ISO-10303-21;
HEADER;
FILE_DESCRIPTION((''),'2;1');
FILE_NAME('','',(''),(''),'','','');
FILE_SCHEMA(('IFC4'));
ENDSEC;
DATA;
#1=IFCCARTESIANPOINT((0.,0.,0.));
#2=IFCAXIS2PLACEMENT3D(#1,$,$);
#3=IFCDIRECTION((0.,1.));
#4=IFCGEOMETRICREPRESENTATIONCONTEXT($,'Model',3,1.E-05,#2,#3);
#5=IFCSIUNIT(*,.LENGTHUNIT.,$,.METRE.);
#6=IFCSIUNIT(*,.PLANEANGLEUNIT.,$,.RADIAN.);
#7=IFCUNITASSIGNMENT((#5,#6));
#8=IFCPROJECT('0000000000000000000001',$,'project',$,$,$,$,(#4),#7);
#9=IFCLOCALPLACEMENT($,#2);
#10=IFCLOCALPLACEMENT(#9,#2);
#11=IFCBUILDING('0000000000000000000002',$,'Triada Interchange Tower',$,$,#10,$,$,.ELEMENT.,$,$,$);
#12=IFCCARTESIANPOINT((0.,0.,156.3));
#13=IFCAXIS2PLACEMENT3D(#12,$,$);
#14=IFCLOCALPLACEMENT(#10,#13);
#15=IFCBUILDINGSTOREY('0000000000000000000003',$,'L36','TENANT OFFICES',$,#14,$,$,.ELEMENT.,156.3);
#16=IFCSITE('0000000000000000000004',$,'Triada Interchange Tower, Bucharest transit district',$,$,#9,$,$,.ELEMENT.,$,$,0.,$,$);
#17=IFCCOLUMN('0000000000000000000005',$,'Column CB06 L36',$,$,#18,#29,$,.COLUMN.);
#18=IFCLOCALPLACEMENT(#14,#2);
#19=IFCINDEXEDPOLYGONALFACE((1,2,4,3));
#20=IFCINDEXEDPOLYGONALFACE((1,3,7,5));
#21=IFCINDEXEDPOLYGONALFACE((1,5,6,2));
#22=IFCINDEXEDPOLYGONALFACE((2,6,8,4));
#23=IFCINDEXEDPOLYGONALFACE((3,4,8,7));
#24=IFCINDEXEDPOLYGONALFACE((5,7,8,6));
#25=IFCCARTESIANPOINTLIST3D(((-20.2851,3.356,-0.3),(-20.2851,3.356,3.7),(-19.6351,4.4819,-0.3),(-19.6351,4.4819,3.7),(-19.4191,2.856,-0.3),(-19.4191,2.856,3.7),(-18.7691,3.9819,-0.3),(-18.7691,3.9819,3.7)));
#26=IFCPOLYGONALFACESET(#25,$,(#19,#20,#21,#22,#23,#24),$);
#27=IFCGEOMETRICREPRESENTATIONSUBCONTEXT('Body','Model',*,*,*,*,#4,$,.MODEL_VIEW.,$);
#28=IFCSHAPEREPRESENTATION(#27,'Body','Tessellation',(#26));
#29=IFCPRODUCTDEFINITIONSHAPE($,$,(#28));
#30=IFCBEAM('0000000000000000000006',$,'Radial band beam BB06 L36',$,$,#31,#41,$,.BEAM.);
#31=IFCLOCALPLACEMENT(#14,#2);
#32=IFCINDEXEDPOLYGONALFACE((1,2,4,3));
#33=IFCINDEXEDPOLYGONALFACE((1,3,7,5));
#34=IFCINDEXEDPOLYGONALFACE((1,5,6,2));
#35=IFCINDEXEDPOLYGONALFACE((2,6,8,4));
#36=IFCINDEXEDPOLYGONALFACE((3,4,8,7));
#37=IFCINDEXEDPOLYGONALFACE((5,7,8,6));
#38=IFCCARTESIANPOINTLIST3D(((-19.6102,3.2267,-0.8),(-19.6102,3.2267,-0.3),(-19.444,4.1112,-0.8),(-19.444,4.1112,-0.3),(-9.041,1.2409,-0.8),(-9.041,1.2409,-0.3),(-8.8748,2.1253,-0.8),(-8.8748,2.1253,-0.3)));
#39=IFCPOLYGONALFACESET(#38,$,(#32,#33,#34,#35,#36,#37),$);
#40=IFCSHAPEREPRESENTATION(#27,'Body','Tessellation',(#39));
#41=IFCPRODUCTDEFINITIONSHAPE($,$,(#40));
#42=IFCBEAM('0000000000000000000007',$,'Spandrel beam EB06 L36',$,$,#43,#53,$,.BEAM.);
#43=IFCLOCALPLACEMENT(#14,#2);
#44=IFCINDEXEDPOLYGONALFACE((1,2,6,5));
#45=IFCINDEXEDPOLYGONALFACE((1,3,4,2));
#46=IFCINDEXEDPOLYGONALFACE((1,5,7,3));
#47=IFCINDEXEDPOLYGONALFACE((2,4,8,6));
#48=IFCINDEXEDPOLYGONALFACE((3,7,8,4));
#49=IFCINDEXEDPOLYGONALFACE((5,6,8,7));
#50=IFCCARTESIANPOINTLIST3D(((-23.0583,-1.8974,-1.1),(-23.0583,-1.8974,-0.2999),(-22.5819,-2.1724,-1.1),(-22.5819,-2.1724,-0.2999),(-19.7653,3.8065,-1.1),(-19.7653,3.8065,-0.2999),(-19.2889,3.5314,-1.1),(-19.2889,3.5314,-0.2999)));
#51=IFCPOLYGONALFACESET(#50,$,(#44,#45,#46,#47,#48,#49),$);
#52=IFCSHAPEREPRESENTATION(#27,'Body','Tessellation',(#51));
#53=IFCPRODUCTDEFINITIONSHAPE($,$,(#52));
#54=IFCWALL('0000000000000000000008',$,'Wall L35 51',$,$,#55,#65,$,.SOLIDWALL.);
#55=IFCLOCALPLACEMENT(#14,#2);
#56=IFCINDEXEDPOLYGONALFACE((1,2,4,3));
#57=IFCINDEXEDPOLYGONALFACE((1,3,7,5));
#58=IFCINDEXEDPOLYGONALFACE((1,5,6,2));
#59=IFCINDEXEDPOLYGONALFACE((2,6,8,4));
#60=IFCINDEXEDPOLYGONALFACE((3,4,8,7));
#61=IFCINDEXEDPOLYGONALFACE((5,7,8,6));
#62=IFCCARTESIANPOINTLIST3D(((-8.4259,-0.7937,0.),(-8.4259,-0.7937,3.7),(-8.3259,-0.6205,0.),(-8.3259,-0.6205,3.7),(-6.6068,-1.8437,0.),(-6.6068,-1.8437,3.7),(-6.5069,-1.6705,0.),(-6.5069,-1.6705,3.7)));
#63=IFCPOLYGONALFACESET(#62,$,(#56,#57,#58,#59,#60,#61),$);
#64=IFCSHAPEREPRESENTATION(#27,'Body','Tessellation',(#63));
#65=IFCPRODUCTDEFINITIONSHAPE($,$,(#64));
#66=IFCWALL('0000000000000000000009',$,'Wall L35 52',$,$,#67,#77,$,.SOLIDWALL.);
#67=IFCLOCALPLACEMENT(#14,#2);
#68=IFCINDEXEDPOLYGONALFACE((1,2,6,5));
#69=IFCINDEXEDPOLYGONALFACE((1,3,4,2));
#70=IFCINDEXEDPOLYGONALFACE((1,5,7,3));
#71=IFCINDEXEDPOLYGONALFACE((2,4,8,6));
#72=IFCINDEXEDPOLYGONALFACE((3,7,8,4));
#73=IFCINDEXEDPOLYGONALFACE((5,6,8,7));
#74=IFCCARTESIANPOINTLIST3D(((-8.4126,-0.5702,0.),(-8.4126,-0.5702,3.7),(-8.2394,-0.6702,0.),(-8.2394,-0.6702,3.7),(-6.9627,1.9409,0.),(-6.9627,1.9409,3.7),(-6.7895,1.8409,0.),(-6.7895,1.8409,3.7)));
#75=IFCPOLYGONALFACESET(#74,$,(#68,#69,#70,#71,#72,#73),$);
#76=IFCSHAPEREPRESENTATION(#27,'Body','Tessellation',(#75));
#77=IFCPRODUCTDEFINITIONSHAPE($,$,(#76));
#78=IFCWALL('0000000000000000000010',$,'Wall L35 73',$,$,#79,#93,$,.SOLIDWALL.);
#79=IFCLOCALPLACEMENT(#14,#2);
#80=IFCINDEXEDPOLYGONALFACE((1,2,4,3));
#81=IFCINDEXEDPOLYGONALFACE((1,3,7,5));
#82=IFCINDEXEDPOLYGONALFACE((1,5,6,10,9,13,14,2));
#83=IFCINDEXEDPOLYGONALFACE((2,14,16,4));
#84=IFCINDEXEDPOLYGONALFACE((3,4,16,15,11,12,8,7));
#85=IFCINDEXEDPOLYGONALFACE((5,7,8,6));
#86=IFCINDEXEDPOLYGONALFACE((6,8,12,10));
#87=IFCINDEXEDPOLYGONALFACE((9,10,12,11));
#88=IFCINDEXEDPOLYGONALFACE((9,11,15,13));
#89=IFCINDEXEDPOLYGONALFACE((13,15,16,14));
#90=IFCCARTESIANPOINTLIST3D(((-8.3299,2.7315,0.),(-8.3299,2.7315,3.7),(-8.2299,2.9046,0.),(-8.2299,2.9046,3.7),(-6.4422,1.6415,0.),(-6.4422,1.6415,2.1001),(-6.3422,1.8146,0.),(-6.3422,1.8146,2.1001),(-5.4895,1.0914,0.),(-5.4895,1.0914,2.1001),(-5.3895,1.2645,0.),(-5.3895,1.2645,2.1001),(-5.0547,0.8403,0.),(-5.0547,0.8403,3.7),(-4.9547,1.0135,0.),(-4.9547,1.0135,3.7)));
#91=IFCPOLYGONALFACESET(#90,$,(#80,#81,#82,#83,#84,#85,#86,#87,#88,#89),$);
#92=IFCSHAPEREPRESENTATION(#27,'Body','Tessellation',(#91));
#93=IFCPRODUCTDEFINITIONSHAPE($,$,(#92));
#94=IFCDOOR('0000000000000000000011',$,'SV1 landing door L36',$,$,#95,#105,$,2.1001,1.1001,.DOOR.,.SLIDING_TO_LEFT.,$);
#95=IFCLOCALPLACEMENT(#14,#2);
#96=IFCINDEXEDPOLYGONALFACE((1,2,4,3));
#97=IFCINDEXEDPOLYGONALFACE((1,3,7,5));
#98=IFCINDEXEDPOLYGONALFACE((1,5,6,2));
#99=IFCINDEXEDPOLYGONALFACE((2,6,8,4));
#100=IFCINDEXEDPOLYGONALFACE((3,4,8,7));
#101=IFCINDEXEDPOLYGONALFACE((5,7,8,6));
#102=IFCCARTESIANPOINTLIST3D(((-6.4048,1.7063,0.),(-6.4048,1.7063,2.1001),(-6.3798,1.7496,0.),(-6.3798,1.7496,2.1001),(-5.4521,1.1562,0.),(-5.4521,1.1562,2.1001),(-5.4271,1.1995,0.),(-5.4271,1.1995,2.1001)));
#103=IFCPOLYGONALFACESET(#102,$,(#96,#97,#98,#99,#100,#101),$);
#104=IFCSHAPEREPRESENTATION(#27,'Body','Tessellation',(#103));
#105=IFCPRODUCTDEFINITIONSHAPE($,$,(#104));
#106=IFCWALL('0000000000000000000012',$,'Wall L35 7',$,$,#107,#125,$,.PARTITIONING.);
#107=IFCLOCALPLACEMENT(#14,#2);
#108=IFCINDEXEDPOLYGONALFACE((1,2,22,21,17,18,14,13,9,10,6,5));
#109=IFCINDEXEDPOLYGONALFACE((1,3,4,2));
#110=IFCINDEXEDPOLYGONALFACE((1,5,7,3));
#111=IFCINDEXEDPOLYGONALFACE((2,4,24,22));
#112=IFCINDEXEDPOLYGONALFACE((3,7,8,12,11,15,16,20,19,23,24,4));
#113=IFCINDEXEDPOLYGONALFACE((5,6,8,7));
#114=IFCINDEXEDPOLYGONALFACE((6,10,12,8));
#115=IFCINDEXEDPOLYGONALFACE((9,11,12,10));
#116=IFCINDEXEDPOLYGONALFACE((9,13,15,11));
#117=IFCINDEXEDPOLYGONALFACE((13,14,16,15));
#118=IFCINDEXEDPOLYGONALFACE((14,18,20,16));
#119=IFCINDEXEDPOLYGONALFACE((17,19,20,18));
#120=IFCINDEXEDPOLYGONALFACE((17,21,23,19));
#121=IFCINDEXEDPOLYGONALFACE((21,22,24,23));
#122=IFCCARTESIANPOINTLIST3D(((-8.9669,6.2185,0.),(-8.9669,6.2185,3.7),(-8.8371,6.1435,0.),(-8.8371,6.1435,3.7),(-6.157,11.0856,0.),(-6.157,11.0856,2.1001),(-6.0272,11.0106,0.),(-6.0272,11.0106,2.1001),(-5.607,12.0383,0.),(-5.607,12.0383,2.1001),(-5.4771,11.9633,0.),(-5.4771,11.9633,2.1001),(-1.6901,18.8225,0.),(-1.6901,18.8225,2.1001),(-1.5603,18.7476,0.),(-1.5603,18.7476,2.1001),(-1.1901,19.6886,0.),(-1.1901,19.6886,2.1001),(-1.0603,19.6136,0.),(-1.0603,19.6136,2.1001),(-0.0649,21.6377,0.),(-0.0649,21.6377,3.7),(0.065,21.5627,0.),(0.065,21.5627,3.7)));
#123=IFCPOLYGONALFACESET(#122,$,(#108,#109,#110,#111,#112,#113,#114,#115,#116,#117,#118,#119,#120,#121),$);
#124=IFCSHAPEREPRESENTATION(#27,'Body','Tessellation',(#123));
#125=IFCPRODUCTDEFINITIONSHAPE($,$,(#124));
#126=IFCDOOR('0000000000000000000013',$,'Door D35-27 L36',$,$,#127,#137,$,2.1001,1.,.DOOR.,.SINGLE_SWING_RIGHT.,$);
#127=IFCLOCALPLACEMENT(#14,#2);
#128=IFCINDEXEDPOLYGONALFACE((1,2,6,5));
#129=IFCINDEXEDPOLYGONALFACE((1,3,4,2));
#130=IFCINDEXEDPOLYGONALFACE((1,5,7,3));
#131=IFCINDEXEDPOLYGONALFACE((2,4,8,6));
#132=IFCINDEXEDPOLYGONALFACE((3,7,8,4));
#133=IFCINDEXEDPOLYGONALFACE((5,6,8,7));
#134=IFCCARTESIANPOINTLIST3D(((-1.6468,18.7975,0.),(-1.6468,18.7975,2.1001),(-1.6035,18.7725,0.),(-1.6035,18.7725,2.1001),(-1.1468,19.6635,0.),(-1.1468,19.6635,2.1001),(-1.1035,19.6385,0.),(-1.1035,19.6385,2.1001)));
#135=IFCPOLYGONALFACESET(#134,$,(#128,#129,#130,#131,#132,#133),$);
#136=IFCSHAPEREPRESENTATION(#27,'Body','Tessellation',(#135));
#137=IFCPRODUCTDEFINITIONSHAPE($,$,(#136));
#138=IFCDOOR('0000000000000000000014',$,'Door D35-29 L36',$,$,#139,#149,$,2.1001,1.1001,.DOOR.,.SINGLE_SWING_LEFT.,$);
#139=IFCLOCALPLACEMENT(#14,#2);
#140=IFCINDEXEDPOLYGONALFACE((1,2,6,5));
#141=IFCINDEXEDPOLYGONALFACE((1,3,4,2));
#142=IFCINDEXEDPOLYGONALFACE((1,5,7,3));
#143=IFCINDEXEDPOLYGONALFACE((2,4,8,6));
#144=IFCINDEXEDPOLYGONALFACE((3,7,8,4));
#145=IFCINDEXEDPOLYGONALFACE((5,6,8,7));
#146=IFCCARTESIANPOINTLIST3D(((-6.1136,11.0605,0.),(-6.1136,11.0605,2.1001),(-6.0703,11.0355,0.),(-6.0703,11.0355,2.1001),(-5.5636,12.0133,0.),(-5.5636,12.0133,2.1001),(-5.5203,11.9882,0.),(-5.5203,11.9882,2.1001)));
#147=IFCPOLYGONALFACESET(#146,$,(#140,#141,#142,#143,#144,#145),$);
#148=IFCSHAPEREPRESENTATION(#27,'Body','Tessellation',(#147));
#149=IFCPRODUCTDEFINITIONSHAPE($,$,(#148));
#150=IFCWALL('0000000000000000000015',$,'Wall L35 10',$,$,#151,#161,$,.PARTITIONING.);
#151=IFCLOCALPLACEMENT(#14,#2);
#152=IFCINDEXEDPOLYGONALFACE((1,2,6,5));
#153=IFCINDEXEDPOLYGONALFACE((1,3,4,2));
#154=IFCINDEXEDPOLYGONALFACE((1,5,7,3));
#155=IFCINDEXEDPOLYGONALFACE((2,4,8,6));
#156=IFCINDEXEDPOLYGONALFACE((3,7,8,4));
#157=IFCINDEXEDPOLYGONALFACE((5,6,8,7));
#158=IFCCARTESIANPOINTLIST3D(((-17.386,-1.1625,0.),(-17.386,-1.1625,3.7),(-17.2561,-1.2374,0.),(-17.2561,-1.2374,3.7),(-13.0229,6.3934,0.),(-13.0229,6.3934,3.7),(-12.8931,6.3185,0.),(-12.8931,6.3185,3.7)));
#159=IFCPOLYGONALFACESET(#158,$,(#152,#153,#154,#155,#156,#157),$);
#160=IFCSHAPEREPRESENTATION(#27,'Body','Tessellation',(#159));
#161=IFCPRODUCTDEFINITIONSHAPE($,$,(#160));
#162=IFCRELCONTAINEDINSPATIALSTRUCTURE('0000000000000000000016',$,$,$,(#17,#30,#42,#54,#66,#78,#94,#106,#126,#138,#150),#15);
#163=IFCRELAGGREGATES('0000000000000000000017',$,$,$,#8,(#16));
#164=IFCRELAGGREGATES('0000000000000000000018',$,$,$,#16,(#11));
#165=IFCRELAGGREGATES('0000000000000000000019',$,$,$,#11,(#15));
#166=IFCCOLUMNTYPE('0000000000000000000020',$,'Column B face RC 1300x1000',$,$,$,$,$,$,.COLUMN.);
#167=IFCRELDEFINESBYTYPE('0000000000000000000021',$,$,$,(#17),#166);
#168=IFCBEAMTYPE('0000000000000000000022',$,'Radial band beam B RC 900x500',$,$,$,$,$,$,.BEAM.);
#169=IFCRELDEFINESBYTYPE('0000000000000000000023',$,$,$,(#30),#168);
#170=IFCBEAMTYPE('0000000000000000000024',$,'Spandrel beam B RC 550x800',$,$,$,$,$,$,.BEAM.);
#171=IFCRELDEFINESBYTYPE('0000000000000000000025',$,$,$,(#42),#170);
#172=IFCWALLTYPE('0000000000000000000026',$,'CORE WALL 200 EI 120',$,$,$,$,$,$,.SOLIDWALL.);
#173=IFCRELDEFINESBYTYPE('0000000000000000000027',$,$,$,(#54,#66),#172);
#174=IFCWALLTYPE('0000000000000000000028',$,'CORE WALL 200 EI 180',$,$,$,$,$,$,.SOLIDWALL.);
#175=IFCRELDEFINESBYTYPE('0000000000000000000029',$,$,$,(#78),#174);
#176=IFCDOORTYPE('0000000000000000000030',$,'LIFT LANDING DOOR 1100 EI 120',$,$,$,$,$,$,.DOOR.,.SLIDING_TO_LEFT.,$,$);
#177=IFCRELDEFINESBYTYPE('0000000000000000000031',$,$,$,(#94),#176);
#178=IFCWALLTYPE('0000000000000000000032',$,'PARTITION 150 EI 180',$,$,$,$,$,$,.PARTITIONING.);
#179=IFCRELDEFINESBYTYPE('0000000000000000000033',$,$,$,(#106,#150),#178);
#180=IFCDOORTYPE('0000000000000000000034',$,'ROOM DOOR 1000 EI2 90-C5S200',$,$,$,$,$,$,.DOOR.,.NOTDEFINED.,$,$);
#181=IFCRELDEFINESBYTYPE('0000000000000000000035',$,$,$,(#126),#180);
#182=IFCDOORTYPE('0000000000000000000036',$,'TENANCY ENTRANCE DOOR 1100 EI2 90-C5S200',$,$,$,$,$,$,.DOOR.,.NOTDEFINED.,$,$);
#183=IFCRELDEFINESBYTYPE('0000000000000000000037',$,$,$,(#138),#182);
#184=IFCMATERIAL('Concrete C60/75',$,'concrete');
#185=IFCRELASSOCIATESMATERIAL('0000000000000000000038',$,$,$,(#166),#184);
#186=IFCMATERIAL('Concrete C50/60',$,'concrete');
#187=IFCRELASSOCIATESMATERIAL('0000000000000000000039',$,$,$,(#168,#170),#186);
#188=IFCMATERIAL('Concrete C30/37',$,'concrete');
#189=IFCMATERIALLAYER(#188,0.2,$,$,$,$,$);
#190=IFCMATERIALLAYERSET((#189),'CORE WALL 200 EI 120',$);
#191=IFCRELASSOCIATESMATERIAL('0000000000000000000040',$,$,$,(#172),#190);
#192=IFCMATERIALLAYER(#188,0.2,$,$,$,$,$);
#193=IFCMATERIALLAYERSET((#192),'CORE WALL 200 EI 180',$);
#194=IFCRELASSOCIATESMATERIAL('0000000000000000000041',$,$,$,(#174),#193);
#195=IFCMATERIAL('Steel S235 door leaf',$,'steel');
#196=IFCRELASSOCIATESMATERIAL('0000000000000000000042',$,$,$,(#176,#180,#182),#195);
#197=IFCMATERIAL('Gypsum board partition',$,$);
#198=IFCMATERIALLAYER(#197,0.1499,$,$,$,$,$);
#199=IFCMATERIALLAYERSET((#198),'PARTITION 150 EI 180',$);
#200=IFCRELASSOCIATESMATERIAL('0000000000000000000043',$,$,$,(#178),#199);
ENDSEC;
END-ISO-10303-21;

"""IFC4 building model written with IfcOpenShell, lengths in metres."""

from ifc_helpers import new_model, si_unit, direction, frame, frame_2d, origin, origin_2d, place, context, subcontext, project, spatial, rectangle, extrude, material, layer, layer_set, material_profile, profile_set, type_object, element, fill, save


model = new_model("IFC4")

# Units and contexts
model_context = context("Model", 3, precision=1e-05, world=origin(), true_north=direction((0.0, 1.0)))
body_context = subcontext(model_context, "Body", "Model", "MODEL_VIEW")
ifc_project = project(units=[si_unit("LENGTHUNIT", "METRE"), si_unit("PLANEANGLEUNIT", "RADIAN")], contexts=[model_context])

# Site, building, storey
site_placement = place(None, origin())
site = spatial("IfcSite", under=ifc_project, at=site_placement, Name="Triada Interchange Tower, Bucharest transit district", CompositionType="ELEMENT", RefElevation=0.0)
building_placement = place(site_placement, origin())
building = spatial("IfcBuilding", under=site, at=building_placement, Name="Triada Interchange Tower", CompositionType="ELEMENT")
storey_placement = place(building_placement, frame((0.0, 0.0, 156.3)))
storey = spatial("IfcBuildingStorey", under=building, at=storey_placement, Name="L36", Description="TENANT OFFICES", CompositionType="ELEMENT", Elevation=156.3)

# Column
ifc_material_1 = material(Name="Concrete C60/75", Category="concrete")
ifc_material_profile_1 = material_profile(ifc_material_1, rectangle(XDim=1.3, YDim=1.0, at=origin_2d()), Name="RC 1300x1000")
ifc_profile_set_1 = profile_set([ifc_material_profile_1], Name="Concrete C60/75")
column_type = type_object("IfcColumnType", Name="Column B face RC 1300x1000", PredefinedType="COLUMN", material=ifc_profile_set_1)
column_placement = place(storey_placement, frame((-19.5271, 3.6689, -0.3), z_axis=(0.0, 0.0, 1.0), x_axis=(0.5, 0.866025, 0.0)))
element("IfcColumn", 1, at=column_placement, inside=storey, type_object=column_type, Name="Column CB06 L36", PredefinedType="COLUMN", context=body_context, shape_type="SweptSolid", body=[
    extrude(rectangle(XDim=1.3, YDim=1.0, at=origin_2d()), origin(), (0.0, 0.0, 1.0), 4.0),
])

# Beams
ifc_material_2 = material(Name="Concrete C50/60", Category="concrete")
ifc_material_profile_2 = material_profile(ifc_material_2, rectangle(XDim=0.8999, YDim=0.5, at=origin_2d()), Name="RC 900x500")
ifc_profile_set_2 = profile_set([ifc_material_profile_2], Name="Concrete C50/60")
beam_type_1 = type_object("IfcBeamType", Name="Radial band beam B RC 900x500", PredefinedType="BEAM", material=ifc_profile_set_2)
beam_1_placement = place(storey_placement, frame((-19.5271, 3.6689, -0.55), z_axis=(0.982802, -0.18466, 0.0), x_axis=(0.18466, 0.982802, 0.0)))
element("IfcBeam", 2, at=beam_1_placement, inside=storey, type_object=beam_type_1, Name="Radial band beam BB06 L36", PredefinedType="BEAM", context=body_context, shape_type="SweptSolid", body=[
    extrude(rectangle(XDim=0.8999, YDim=0.5, at=origin_2d()), origin(), (0.0, 0.0, 1.0), 10.7542),
])
ifc_material_profile_3 = material_profile(ifc_material_2, rectangle(XDim=0.55, YDim=0.8, at=origin_2d()), Name="RC 550x800")
ifc_profile_set_3 = profile_set([ifc_material_profile_3], Name="Concrete C50/60")
beam_type_2 = type_object("IfcBeamType", Name="Spandrel beam B RC 550x800", PredefinedType="BEAM", material=ifc_profile_set_3)
beam_2_placement = place(storey_placement, frame((-19.5271, 3.6689, -0.7), z_axis=(-0.499982, -0.866036, 0.0), x_axis=(0.866036, -0.499982, 0.0)))
element("IfcBeam", 3, at=beam_2_placement, inside=storey, type_object=beam_type_2, Name="Spandrel beam EB06 L36", PredefinedType="BEAM", context=body_context, shape_type="SweptSolid", body=[
    extrude(rectangle(XDim=0.55, YDim=0.8, at=origin_2d()), origin(), (0.0, 0.0, 1.0), 6.5862),
])

# Walls
ifc_material_3 = material(Name="Concrete C30/37", Category="concrete")
ifc_layer_1 = layer(ifc_material_3, 0.2)
ifc_layer_set_1 = layer_set([ifc_layer_1], Name="CORE WALL 200 EI 120")
wall_type_1 = type_object("IfcWallType", Name="CORE WALL 200 EI 120", PredefinedType="SOLIDWALL", material=ifc_layer_set_1)
wall_1_placement = place(storey_placement, frame((-8.376, -0.707, 0.0), z_axis=(0.0, 0.0, 1.0), x_axis=(0.866068, -0.499927, 0.0)))
element("IfcWall", 4, at=wall_1_placement, inside=storey, type_object=wall_type_1, Name="Wall L35 51", PredefinedType="SOLIDWALL", context=body_context, shape_type="SweptSolid", body=[
    extrude(rectangle(XDim=2.1003, YDim=0.2, at=frame_2d((1.0503, 0.0))), origin(), (0.0, 0.0, 1.0), 3.7),
])
wall_2_placement = place(storey_placement, frame((-8.3259, -0.6201, 0.0), z_axis=(0.0, 0.0, 1.0), x_axis=(0.500024, 0.866012, 0.0)))
element("IfcWall", 5, at=wall_2_placement, inside=storey, type_object=wall_type_1, Name="Wall L35 52", PredefinedType="SOLIDWALL", context=body_context, shape_type="SweptSolid", body=[
    extrude(rectangle(XDim=2.8997, YDim=0.2, at=frame_2d((1.4497, 0.0))), origin(), (0.0, 0.0, 1.0), 3.7),
])

# Wall, opening, door
ifc_layer_2 = layer(ifc_material_3, 0.2)
ifc_layer_set_2 = layer_set([ifc_layer_2], Name="CORE WALL 200 EI 180")
wall_type_2 = type_object("IfcWallType", Name="CORE WALL 200 EI 180", PredefinedType="SOLIDWALL", material=ifc_layer_set_2)
wall_3_placement = place(storey_placement, frame((-8.28, 2.8181, 0.0), z_axis=(0.0, 0.0, 1.0), x_axis=(0.866002, -0.500041, 0.0)))
wall_3 = element("IfcWall", 6, at=wall_3_placement, inside=storey, type_object=wall_type_2, Name="Wall L35 73", PredefinedType="SOLIDWALL", context=body_context, shape_type="SweptSolid", body=[
    extrude(rectangle(XDim=3.782, YDim=0.2, at=frame_2d((1.8911, 0.0))), origin(), (0.0, 0.0, 1.0), 3.7),
])
opening_1_placement = place(wall_3_placement, frame((2.1799, 0.0, 0.0)))
opening_1 = element("IfcOpeningElement", 7, at=opening_1_placement, cuts=wall_3, PredefinedType="OPENING", context=body_context, shape_type="SweptSolid", body=[
    extrude(rectangle(XDim=1.1001, YDim=2.1001, at=frame_2d((0.55, 1.05))), frame((0.0, 0.1099, 0.0), z_axis=(0.0, -1.0, 0.0), x_axis=(1.0, 0.0, 0.0)), (0.0, 0.0, 1.0), 0.22),
])
ifc_material_4 = material(Name="Steel S235 door leaf", Category="steel")
door_type_1 = type_object("IfcDoorType", Name="LIFT LANDING DOOR 1100 EI 120", OperationType="SLIDING_TO_LEFT", PredefinedType="DOOR", material=ifc_material_4)
door_1_placement = place(opening_1_placement, origin())
door_1 = element("IfcDoor", 8, at=door_1_placement, inside=storey, type_object=door_type_1, Name="SV1 landing door L36", OperationType="SLIDING_TO_LEFT", OverallHeight=2.1001, OverallWidth=1.1001, PredefinedType="DOOR", context=body_context, shape_type="SweptSolid", body=[
    extrude(rectangle(XDim=1.1001, YDim=2.1001, at=frame_2d((0.55, 1.05))), frame((0.0, 0.0249, 0.0), z_axis=(0.0, -1.0, 0.0), x_axis=(1.0, 0.0, 0.0)), (0.0, 0.0, 1.0), 0.05),
])
fill(opening_1, door_1)

# Wall, openings, doors
ifc_material_5 = material(Name="Gypsum board partition")
ifc_layer_3 = layer(ifc_material_5, 0.1499)
ifc_layer_set_3 = layer_set([ifc_layer_3], Name="PARTITION 150 EI 180")
wall_type_3 = type_object("IfcWallType", Name="PARTITION 150 EI 180", PredefinedType="PARTITIONING", material=ifc_layer_set_3)
wall_4_placement = place(storey_placement, frame((-8.9021, 6.1809, 0.0), z_axis=(0.0, 0.0, 1.0), x_axis=(0.499993, 0.86603, 0.0)))
wall_4 = element("IfcWall", 9, at=wall_4_placement, inside=storey, type_object=wall_type_3, Name="Wall L35 7", PredefinedType="PARTITIONING", context=body_context, shape_type="SweptSolid", body=[
    extrude(rectangle(XDim=17.8044, YDim=0.1499, at=frame_2d((8.9023, 0.0))), origin(), (0.0, 0.0, 1.0), 3.7),
])
opening_2_placement = place(wall_4_placement, frame((14.554, 0.0, 0.0)))
opening_2 = element("IfcOpeningElement", 10, at=opening_2_placement, cuts=wall_4, PredefinedType="OPENING", context=body_context, shape_type="SweptSolid", body=[
    extrude(rectangle(XDim=1.0, YDim=2.1001, at=frame_2d((0.5, 1.05))), frame((0.0, 0.085, 0.0), z_axis=(0.0, -1.0, 0.0), x_axis=(1.0, 0.0, 0.0)), (0.0, 0.0, 1.0), 0.1699),
])
opening_3_placement = place(wall_4_placement, frame((5.6201, 0.0, 0.0)))
opening_3 = element("IfcOpeningElement", 11, at=opening_3_placement, cuts=wall_4, PredefinedType="OPENING", context=body_context, shape_type="SweptSolid", body=[
    extrude(rectangle(XDim=1.1001, YDim=2.1001, at=frame_2d((0.55, 1.05))), frame((0.0, 0.085, 0.0), z_axis=(0.0, -1.0, 0.0), x_axis=(1.0, 0.0, 0.0)), (0.0, 0.0, 1.0), 0.1699),
])
door_type_2 = type_object("IfcDoorType", Name="ROOM DOOR 1000 EI2 90-C5S200", OperationType="NOTDEFINED", PredefinedType="DOOR", material=ifc_material_4)
door_2_placement = place(opening_2_placement, origin())
door_2 = element("IfcDoor", 12, at=door_2_placement, inside=storey, type_object=door_type_2, Name="Door D35-27 L36", OperationType="SINGLE_SWING_RIGHT", OverallHeight=2.1001, OverallWidth=1.0, PredefinedType="DOOR", context=body_context, shape_type="SweptSolid", body=[
    extrude(rectangle(XDim=1.0, YDim=2.1001, at=frame_2d((0.5, 1.05))), frame((0.0, 0.0249, 0.0), z_axis=(0.0, -1.0, 0.0), x_axis=(1.0, 0.0, 0.0)), (0.0, 0.0, 1.0), 0.05),
])
fill(opening_2, door_2)
door_type_3 = type_object("IfcDoorType", Name="TENANCY ENTRANCE DOOR 1100 EI2 90-C5S200", OperationType="NOTDEFINED", PredefinedType="DOOR", material=ifc_material_4)
door_3_placement = place(opening_3_placement, origin())
door_3 = element("IfcDoor", 13, at=door_3_placement, inside=storey, type_object=door_type_3, Name="Door D35-29 L36", OperationType="SINGLE_SWING_LEFT", OverallHeight=2.1001, OverallWidth=1.1001, PredefinedType="DOOR", context=body_context, shape_type="SweptSolid", body=[
    extrude(rectangle(XDim=1.1001, YDim=2.1001, at=frame_2d((0.55, 1.05))), frame((0.0, 0.0249, 0.0), z_axis=(0.0, -1.0, 0.0), x_axis=(1.0, 0.0, 0.0)), (0.0, 0.0, 1.0), 0.05),
])
fill(opening_3, door_3)

# Wall
wall_5_placement = place(storey_placement, frame((-17.321, -1.2, 0.0), z_axis=(0.0, 0.0, 1.0), x_axis=(0.500054, 0.865994, 0.0)))
element("IfcWall", 14, at=wall_5_placement, inside=storey, type_object=wall_type_3, Name="Wall L35 10", PredefinedType="PARTITIONING", context=body_context, shape_type="SweptSolid", body=[
    extrude(rectangle(XDim=8.7251, YDim=0.1499, at=frame_2d((4.3625, 0.0))), origin(), (0.0, 0.0, 1.0), 3.7),
])

save(model, "model.ifc")
